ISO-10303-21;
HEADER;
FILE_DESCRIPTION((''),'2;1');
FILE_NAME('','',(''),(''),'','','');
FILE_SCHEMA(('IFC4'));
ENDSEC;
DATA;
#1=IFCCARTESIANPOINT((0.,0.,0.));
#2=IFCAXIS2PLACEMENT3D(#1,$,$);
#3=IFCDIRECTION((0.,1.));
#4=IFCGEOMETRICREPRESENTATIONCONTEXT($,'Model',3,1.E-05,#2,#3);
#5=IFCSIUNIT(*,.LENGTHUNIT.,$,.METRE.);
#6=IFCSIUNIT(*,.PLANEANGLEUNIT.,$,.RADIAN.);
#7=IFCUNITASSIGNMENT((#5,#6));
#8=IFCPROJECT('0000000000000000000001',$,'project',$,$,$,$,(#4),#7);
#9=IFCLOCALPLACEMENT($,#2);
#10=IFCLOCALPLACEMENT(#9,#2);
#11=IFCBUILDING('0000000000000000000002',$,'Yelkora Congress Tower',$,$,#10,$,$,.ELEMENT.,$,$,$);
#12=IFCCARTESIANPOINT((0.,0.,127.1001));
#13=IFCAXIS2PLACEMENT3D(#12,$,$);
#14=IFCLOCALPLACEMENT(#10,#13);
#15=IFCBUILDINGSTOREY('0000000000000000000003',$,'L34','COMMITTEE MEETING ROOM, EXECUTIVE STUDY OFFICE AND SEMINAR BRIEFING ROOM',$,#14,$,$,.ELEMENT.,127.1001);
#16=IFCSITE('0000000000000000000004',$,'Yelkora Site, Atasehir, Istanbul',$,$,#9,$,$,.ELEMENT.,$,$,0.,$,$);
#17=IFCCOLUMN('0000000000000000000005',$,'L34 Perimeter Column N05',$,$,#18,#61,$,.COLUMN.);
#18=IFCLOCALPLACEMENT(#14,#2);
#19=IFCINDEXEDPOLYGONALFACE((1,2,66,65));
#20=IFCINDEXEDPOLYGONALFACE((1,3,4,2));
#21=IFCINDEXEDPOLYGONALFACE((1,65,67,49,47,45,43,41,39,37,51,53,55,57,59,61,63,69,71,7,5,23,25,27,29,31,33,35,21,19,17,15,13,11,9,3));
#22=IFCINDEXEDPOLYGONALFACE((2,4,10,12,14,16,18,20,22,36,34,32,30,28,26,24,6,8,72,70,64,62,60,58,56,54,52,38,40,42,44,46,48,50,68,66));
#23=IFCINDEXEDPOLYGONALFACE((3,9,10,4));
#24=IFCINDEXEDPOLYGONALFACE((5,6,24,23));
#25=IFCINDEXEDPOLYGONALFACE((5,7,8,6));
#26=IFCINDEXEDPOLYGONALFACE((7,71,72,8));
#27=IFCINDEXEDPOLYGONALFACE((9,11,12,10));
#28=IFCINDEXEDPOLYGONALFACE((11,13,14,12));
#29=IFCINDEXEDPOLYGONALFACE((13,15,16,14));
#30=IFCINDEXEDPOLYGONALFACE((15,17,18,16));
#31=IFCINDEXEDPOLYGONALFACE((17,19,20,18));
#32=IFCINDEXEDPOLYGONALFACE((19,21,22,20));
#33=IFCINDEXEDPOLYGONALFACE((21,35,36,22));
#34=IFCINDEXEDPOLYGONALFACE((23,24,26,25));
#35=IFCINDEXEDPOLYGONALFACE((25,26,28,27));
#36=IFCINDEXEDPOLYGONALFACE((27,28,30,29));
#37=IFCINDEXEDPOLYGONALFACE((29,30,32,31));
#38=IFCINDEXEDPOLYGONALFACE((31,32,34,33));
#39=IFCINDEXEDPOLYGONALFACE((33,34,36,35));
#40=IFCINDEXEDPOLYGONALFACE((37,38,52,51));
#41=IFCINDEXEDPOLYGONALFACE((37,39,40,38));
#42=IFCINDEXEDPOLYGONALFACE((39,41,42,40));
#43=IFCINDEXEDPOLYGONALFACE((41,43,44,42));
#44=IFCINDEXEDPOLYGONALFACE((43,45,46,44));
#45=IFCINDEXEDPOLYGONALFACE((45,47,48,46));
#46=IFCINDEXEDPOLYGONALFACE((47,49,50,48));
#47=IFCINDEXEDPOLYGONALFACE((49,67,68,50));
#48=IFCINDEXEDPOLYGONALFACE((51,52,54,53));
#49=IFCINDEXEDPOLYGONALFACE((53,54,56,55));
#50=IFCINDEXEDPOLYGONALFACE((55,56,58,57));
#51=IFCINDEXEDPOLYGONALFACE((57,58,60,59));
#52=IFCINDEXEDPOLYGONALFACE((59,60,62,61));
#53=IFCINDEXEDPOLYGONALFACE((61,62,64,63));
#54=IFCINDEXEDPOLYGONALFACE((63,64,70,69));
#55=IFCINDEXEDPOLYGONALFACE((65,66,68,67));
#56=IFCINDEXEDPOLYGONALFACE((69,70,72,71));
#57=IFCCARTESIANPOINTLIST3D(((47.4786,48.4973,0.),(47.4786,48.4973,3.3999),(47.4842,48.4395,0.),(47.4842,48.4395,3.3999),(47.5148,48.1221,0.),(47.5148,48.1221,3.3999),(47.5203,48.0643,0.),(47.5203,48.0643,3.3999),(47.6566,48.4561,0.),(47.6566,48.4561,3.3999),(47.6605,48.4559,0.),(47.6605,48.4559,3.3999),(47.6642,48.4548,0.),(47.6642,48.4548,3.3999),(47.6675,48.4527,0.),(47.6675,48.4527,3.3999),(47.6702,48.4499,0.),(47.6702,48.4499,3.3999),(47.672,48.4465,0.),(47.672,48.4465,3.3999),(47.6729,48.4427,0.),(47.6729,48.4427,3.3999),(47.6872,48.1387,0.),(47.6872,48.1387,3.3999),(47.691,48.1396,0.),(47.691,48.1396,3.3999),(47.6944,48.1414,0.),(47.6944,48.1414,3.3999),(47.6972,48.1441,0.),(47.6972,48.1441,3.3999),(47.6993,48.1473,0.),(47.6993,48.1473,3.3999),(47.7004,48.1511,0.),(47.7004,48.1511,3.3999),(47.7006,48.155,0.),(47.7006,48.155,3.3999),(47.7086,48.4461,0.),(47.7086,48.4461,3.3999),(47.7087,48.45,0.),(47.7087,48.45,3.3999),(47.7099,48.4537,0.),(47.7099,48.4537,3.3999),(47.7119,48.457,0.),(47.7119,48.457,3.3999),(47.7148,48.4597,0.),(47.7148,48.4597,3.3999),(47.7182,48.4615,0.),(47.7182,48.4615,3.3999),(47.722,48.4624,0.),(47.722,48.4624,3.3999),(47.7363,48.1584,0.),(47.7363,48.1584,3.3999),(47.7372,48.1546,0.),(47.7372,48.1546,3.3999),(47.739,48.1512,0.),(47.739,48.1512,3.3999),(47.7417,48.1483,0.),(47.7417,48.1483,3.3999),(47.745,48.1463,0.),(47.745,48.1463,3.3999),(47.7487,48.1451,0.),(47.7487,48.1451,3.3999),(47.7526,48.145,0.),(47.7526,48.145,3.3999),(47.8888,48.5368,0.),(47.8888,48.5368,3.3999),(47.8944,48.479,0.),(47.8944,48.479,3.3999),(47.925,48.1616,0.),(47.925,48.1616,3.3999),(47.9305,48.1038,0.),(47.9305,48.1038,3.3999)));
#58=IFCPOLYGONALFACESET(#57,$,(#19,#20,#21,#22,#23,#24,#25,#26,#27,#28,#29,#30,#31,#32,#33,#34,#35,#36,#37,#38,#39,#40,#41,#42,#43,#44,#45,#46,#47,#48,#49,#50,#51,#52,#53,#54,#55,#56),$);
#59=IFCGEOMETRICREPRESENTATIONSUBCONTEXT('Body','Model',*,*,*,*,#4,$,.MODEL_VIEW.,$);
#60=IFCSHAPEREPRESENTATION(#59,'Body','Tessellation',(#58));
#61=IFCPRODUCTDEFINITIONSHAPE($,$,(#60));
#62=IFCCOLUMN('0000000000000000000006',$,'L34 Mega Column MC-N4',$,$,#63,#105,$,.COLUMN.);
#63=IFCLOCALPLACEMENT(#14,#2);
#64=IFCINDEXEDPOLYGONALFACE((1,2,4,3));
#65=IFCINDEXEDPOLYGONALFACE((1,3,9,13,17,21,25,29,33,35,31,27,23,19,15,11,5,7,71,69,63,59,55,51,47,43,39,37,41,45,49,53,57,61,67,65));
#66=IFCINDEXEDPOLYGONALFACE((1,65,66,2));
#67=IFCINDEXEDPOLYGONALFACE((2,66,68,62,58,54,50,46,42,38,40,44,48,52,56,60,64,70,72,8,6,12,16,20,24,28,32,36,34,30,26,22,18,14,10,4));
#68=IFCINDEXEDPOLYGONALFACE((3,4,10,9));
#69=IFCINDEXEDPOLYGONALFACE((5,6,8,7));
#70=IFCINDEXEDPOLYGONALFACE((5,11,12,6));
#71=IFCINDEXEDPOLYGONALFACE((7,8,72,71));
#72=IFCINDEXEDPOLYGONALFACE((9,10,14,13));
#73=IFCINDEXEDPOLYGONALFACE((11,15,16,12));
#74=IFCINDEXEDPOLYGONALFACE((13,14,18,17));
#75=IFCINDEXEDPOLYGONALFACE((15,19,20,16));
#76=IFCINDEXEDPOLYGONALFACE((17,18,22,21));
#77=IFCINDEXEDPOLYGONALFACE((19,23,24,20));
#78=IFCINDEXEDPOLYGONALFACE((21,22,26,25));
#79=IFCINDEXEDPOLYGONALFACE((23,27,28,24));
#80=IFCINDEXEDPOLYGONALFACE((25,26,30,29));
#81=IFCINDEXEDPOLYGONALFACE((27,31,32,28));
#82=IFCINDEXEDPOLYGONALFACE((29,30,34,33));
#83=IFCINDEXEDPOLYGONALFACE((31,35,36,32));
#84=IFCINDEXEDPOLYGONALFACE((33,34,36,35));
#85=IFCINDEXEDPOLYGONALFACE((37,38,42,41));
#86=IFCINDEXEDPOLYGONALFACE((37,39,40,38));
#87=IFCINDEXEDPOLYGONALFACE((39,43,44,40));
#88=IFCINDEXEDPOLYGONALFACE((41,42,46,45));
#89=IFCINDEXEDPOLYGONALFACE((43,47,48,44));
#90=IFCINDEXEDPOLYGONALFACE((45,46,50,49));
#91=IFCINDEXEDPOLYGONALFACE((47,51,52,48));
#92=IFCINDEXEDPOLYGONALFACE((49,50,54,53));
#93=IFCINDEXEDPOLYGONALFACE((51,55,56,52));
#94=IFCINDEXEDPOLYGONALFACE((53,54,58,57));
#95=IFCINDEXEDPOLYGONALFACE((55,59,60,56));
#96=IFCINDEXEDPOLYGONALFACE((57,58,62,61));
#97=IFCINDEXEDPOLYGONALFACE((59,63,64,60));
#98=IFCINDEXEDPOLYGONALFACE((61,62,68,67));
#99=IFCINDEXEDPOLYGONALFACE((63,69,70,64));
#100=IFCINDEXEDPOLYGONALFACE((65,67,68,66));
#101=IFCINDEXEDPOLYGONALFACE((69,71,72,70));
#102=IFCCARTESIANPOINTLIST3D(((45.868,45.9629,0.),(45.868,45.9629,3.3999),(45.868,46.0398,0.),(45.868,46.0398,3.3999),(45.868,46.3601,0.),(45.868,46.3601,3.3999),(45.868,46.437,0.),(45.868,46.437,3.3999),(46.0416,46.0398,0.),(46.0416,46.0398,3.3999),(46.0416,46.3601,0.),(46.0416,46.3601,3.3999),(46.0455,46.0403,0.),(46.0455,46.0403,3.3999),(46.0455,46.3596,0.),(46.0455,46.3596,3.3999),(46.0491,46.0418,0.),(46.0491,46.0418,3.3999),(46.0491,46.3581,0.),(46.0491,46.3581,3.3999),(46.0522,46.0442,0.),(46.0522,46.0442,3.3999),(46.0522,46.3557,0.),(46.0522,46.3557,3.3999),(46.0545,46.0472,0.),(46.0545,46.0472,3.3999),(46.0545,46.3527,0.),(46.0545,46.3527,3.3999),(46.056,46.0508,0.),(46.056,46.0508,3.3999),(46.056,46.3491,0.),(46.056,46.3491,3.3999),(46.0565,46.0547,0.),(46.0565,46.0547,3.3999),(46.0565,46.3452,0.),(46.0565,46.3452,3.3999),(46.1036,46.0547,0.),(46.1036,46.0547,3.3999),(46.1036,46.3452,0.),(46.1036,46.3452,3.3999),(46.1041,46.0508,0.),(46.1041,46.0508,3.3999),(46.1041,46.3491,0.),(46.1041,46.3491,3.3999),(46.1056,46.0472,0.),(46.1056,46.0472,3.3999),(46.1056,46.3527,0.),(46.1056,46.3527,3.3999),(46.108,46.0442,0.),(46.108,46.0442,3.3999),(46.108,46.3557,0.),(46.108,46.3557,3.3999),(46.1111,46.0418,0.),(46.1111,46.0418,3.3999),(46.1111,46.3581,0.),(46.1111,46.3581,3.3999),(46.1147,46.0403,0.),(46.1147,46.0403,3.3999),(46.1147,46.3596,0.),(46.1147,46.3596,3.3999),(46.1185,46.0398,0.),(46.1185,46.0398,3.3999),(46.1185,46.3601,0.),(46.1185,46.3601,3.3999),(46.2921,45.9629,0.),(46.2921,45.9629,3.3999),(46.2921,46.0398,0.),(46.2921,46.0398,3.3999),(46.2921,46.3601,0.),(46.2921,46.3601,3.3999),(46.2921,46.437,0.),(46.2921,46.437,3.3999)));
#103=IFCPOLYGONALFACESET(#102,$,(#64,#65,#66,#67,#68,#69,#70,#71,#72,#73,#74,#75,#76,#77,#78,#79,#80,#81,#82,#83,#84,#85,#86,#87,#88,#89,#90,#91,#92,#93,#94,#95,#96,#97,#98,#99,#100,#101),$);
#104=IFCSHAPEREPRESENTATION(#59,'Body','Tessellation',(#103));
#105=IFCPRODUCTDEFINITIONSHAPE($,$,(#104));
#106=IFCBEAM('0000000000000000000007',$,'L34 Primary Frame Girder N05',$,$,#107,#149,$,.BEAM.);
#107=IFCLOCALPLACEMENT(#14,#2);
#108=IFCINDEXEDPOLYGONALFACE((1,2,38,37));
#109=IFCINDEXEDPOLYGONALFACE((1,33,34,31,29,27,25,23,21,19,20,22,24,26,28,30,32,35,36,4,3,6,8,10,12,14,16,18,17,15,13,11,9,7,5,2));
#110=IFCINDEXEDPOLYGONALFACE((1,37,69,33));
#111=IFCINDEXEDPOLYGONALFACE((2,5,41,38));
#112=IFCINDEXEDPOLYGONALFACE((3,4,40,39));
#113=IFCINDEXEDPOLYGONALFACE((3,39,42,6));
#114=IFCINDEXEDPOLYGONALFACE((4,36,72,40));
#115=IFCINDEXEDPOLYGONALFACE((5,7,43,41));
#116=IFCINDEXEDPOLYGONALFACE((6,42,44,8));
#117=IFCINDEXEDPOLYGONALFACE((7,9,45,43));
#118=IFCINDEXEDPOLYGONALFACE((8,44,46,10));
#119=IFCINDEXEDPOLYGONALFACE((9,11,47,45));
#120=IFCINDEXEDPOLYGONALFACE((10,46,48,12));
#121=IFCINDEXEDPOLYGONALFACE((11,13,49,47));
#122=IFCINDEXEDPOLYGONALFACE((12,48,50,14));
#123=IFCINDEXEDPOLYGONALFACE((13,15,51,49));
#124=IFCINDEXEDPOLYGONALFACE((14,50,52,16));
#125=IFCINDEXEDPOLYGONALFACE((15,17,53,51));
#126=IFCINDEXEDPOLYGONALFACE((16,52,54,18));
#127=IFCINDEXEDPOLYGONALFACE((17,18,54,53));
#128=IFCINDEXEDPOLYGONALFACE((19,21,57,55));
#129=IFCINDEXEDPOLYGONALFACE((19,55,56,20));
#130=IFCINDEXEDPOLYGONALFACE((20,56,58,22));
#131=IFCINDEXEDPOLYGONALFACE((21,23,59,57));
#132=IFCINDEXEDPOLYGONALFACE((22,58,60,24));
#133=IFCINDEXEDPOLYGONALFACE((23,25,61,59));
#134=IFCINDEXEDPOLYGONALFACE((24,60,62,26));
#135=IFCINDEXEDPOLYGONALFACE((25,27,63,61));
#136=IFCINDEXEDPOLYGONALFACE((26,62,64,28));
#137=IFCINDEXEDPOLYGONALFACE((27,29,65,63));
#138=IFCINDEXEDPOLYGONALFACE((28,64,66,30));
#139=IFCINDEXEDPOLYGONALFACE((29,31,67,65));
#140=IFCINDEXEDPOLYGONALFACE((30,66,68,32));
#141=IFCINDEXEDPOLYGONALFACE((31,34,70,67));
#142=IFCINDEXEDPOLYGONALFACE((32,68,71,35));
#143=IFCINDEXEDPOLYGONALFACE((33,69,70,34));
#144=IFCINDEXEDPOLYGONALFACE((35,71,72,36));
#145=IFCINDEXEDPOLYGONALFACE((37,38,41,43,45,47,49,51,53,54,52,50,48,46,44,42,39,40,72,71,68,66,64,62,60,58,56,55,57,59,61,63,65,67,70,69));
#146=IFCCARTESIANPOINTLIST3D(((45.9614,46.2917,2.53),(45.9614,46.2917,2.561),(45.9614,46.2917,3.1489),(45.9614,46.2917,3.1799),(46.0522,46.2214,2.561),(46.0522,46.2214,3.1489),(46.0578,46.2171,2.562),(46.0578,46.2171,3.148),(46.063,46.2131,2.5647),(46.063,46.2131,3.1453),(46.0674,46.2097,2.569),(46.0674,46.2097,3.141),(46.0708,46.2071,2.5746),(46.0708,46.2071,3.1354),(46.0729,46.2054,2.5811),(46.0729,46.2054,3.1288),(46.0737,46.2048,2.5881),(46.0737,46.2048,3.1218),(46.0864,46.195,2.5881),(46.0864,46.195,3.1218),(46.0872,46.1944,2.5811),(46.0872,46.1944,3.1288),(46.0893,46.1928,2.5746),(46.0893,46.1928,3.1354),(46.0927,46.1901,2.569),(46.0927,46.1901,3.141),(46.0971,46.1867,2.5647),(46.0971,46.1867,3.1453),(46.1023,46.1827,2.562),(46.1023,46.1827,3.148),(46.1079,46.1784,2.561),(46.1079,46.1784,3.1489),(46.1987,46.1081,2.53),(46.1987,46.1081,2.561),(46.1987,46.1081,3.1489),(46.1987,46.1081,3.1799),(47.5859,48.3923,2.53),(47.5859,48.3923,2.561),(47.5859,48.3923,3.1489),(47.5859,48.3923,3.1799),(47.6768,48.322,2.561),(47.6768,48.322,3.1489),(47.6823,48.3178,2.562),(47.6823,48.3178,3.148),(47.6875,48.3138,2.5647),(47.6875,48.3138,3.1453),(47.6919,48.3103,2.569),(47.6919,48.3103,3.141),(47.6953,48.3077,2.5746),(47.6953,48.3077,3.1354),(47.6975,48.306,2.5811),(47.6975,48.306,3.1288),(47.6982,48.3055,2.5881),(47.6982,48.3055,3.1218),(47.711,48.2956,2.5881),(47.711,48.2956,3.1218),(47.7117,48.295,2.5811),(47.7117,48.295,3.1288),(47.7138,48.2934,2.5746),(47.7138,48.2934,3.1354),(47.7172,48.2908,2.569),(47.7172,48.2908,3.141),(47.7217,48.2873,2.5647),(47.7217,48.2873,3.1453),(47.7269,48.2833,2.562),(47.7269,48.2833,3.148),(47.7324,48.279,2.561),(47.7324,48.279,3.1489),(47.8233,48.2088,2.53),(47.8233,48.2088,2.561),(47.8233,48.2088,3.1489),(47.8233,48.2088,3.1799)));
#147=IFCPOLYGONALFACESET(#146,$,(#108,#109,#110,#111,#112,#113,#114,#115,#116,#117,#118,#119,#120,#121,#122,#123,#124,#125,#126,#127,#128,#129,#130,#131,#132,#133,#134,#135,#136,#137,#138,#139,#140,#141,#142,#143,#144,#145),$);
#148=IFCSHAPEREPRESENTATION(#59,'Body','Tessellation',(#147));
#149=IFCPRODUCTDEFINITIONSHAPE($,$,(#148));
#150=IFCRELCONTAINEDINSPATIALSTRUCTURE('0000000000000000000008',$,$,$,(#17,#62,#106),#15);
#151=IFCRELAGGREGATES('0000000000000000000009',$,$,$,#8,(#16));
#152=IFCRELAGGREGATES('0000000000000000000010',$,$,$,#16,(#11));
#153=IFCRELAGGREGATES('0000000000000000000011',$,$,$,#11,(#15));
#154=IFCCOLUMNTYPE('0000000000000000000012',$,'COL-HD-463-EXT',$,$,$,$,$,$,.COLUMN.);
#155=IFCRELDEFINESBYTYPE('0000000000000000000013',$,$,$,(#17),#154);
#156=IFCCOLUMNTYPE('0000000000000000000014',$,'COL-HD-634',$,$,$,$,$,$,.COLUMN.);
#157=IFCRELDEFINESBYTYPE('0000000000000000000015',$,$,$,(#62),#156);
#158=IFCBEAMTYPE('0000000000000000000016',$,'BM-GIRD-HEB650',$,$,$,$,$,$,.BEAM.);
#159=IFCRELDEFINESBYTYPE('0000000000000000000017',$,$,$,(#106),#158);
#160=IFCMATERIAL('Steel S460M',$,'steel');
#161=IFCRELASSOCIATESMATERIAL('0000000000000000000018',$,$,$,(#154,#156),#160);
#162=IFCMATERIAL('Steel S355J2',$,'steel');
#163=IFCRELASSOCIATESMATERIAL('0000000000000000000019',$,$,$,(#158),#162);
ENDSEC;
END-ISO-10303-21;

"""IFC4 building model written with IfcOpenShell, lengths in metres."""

from ifc_helpers import new_model, si_unit, direction, frame, origin, origin_2d, place, context, subcontext, project, spatial, i_section, extrude, material, material_profile, profile_set, type_object, element, save


model = new_model("IFC4")

# Units and contexts
model_context = context("Model", 3, precision=1e-05, world=origin(), true_north=direction((0.0, 1.0)))
body_context = subcontext(model_context, "Body", "Model", "MODEL_VIEW")
ifc_project = project(units=[si_unit("LENGTHUNIT", "METRE"), si_unit("PLANEANGLEUNIT", "RADIAN")], contexts=[model_context])

# Site, building, storey
site_placement = place(None, origin())
site = spatial("IfcSite", under=ifc_project, at=site_placement, Name="Yelkora Site, Atasehir, Istanbul", CompositionType="ELEMENT", RefElevation=0.0)
building_placement = place(site_placement, origin())
building = spatial("IfcBuilding", under=site, at=building_placement, Name="Yelkora Congress Tower", CompositionType="ELEMENT")
storey_placement = place(building_placement, frame((0.0, 0.0, 127.1001)))
storey = spatial("IfcBuildingStorey", under=building, at=storey_placement, Name="L34", Description="COMMITTEE MEETING ROOM, EXECUTIVE STUDY OFFICE AND SEMINAR BRIEFING ROOM", CompositionType="ELEMENT", Elevation=127.1001)

# Columns
ifc_material_1 = material(Name="Steel S460M", Category="steel")
ifc_material_profile_1 = material_profile(ifc_material_1, i_section(OverallWidth=0.4121, OverallDepth=0.4351, WebThickness=0.0359, FlangeThickness=0.0581, FilletRadius=0.0149, at=origin_2d()), Name="HD 400x463")
ifc_profile_set_1 = profile_set([ifc_material_profile_1], Name="Steel S460M")
column_type_1 = type_object("IfcColumnType", Name="COL-HD-463-EXT", PredefinedType="COLUMN", material=ifc_profile_set_1)
column_1_placement = place(storey_placement, frame((47.7046, 48.3005, 0.0), z_axis=(0.0, 0.0, 1.0), x_axis=(0.995396, 0.095846, 0.0)))
element("IfcColumn", 1, at=column_1_placement, inside=storey, type_object=column_type_1, Name="L34 Perimeter Column N05", PredefinedType="COLUMN", context=body_context, shape_type="SweptSolid", body=[
    extrude(i_section(OverallWidth=0.4121, OverallDepth=0.4351, WebThickness=0.0359, FlangeThickness=0.0581, FilletRadius=0.0149, at=origin_2d()), origin(), (0.0, 0.0, 1.0), 3.3999),
])
ifc_material_profile_2 = material_profile(ifc_material_1, i_section(OverallWidth=0.4241, OverallDepth=0.4741, WebThickness=0.0471, FlangeThickness=0.0769, FilletRadius=0.0149, at=origin_2d()), Name="HD 400x634")
ifc_profile_set_2 = profile_set([ifc_material_profile_2], Name="Steel S460M")
column_type_2 = type_object("IfcColumnType", Name="COL-HD-634", PredefinedType="COLUMN", material=ifc_profile_set_2)
column_2_placement = place(storey_placement, frame((46.0801, 46.2, 0.0), z_axis=(0.0, 0.0, 1.0), x_axis=(1.0, 0.0, 0.0)))
element("IfcColumn", 2, at=column_2_placement, inside=storey, type_object=column_type_2, Name="L34 Mega Column MC-N4", PredefinedType="COLUMN", context=body_context, shape_type="SweptSolid", body=[
    extrude(i_section(OverallWidth=0.4241, OverallDepth=0.4741, WebThickness=0.0471, FlangeThickness=0.0769, FilletRadius=0.0149, at=origin_2d()), origin(), (0.0, 0.0, 1.0), 3.3999),
])

# Beam
ifc_material_2 = material(Name="Steel S355J2", Category="steel")
ifc_material_profile_3 = material_profile(ifc_material_2, i_section(OverallWidth=0.3, OverallDepth=0.6499, WebThickness=0.0161, FlangeThickness=0.031, FilletRadius=0.0271, at=origin_2d()), Name="HEB 650")
ifc_profile_set_3 = profile_set([ifc_material_profile_3], Name="Steel S355J2")
beam_type_1 = type_object("IfcBeamType", Name="BM-GIRD-HEB650", PredefinedType="BEAM", material=ifc_profile_set_3)
beam_1_placement = place(storey_placement, frame((47.7046, 48.3005, 2.855), z_axis=(-0.611761, -0.791042, 0.0), x_axis=(0.791042, -0.611761, 0.0)))
element("IfcBeam", 3, at=beam_1_placement, inside=storey, type_object=beam_type_1, Name="L34 Primary Frame Girder N05", PredefinedType="BEAM", context=body_context, shape_type="SweptSolid", body=[
    extrude(i_section(OverallWidth=0.3, OverallDepth=0.6499, WebThickness=0.0161, FlangeThickness=0.031, FilletRadius=0.0271, at=origin_2d()), origin(), (0.0, 0.0, 1.0), 2.6555),
])

save(model, "model.ifc")
